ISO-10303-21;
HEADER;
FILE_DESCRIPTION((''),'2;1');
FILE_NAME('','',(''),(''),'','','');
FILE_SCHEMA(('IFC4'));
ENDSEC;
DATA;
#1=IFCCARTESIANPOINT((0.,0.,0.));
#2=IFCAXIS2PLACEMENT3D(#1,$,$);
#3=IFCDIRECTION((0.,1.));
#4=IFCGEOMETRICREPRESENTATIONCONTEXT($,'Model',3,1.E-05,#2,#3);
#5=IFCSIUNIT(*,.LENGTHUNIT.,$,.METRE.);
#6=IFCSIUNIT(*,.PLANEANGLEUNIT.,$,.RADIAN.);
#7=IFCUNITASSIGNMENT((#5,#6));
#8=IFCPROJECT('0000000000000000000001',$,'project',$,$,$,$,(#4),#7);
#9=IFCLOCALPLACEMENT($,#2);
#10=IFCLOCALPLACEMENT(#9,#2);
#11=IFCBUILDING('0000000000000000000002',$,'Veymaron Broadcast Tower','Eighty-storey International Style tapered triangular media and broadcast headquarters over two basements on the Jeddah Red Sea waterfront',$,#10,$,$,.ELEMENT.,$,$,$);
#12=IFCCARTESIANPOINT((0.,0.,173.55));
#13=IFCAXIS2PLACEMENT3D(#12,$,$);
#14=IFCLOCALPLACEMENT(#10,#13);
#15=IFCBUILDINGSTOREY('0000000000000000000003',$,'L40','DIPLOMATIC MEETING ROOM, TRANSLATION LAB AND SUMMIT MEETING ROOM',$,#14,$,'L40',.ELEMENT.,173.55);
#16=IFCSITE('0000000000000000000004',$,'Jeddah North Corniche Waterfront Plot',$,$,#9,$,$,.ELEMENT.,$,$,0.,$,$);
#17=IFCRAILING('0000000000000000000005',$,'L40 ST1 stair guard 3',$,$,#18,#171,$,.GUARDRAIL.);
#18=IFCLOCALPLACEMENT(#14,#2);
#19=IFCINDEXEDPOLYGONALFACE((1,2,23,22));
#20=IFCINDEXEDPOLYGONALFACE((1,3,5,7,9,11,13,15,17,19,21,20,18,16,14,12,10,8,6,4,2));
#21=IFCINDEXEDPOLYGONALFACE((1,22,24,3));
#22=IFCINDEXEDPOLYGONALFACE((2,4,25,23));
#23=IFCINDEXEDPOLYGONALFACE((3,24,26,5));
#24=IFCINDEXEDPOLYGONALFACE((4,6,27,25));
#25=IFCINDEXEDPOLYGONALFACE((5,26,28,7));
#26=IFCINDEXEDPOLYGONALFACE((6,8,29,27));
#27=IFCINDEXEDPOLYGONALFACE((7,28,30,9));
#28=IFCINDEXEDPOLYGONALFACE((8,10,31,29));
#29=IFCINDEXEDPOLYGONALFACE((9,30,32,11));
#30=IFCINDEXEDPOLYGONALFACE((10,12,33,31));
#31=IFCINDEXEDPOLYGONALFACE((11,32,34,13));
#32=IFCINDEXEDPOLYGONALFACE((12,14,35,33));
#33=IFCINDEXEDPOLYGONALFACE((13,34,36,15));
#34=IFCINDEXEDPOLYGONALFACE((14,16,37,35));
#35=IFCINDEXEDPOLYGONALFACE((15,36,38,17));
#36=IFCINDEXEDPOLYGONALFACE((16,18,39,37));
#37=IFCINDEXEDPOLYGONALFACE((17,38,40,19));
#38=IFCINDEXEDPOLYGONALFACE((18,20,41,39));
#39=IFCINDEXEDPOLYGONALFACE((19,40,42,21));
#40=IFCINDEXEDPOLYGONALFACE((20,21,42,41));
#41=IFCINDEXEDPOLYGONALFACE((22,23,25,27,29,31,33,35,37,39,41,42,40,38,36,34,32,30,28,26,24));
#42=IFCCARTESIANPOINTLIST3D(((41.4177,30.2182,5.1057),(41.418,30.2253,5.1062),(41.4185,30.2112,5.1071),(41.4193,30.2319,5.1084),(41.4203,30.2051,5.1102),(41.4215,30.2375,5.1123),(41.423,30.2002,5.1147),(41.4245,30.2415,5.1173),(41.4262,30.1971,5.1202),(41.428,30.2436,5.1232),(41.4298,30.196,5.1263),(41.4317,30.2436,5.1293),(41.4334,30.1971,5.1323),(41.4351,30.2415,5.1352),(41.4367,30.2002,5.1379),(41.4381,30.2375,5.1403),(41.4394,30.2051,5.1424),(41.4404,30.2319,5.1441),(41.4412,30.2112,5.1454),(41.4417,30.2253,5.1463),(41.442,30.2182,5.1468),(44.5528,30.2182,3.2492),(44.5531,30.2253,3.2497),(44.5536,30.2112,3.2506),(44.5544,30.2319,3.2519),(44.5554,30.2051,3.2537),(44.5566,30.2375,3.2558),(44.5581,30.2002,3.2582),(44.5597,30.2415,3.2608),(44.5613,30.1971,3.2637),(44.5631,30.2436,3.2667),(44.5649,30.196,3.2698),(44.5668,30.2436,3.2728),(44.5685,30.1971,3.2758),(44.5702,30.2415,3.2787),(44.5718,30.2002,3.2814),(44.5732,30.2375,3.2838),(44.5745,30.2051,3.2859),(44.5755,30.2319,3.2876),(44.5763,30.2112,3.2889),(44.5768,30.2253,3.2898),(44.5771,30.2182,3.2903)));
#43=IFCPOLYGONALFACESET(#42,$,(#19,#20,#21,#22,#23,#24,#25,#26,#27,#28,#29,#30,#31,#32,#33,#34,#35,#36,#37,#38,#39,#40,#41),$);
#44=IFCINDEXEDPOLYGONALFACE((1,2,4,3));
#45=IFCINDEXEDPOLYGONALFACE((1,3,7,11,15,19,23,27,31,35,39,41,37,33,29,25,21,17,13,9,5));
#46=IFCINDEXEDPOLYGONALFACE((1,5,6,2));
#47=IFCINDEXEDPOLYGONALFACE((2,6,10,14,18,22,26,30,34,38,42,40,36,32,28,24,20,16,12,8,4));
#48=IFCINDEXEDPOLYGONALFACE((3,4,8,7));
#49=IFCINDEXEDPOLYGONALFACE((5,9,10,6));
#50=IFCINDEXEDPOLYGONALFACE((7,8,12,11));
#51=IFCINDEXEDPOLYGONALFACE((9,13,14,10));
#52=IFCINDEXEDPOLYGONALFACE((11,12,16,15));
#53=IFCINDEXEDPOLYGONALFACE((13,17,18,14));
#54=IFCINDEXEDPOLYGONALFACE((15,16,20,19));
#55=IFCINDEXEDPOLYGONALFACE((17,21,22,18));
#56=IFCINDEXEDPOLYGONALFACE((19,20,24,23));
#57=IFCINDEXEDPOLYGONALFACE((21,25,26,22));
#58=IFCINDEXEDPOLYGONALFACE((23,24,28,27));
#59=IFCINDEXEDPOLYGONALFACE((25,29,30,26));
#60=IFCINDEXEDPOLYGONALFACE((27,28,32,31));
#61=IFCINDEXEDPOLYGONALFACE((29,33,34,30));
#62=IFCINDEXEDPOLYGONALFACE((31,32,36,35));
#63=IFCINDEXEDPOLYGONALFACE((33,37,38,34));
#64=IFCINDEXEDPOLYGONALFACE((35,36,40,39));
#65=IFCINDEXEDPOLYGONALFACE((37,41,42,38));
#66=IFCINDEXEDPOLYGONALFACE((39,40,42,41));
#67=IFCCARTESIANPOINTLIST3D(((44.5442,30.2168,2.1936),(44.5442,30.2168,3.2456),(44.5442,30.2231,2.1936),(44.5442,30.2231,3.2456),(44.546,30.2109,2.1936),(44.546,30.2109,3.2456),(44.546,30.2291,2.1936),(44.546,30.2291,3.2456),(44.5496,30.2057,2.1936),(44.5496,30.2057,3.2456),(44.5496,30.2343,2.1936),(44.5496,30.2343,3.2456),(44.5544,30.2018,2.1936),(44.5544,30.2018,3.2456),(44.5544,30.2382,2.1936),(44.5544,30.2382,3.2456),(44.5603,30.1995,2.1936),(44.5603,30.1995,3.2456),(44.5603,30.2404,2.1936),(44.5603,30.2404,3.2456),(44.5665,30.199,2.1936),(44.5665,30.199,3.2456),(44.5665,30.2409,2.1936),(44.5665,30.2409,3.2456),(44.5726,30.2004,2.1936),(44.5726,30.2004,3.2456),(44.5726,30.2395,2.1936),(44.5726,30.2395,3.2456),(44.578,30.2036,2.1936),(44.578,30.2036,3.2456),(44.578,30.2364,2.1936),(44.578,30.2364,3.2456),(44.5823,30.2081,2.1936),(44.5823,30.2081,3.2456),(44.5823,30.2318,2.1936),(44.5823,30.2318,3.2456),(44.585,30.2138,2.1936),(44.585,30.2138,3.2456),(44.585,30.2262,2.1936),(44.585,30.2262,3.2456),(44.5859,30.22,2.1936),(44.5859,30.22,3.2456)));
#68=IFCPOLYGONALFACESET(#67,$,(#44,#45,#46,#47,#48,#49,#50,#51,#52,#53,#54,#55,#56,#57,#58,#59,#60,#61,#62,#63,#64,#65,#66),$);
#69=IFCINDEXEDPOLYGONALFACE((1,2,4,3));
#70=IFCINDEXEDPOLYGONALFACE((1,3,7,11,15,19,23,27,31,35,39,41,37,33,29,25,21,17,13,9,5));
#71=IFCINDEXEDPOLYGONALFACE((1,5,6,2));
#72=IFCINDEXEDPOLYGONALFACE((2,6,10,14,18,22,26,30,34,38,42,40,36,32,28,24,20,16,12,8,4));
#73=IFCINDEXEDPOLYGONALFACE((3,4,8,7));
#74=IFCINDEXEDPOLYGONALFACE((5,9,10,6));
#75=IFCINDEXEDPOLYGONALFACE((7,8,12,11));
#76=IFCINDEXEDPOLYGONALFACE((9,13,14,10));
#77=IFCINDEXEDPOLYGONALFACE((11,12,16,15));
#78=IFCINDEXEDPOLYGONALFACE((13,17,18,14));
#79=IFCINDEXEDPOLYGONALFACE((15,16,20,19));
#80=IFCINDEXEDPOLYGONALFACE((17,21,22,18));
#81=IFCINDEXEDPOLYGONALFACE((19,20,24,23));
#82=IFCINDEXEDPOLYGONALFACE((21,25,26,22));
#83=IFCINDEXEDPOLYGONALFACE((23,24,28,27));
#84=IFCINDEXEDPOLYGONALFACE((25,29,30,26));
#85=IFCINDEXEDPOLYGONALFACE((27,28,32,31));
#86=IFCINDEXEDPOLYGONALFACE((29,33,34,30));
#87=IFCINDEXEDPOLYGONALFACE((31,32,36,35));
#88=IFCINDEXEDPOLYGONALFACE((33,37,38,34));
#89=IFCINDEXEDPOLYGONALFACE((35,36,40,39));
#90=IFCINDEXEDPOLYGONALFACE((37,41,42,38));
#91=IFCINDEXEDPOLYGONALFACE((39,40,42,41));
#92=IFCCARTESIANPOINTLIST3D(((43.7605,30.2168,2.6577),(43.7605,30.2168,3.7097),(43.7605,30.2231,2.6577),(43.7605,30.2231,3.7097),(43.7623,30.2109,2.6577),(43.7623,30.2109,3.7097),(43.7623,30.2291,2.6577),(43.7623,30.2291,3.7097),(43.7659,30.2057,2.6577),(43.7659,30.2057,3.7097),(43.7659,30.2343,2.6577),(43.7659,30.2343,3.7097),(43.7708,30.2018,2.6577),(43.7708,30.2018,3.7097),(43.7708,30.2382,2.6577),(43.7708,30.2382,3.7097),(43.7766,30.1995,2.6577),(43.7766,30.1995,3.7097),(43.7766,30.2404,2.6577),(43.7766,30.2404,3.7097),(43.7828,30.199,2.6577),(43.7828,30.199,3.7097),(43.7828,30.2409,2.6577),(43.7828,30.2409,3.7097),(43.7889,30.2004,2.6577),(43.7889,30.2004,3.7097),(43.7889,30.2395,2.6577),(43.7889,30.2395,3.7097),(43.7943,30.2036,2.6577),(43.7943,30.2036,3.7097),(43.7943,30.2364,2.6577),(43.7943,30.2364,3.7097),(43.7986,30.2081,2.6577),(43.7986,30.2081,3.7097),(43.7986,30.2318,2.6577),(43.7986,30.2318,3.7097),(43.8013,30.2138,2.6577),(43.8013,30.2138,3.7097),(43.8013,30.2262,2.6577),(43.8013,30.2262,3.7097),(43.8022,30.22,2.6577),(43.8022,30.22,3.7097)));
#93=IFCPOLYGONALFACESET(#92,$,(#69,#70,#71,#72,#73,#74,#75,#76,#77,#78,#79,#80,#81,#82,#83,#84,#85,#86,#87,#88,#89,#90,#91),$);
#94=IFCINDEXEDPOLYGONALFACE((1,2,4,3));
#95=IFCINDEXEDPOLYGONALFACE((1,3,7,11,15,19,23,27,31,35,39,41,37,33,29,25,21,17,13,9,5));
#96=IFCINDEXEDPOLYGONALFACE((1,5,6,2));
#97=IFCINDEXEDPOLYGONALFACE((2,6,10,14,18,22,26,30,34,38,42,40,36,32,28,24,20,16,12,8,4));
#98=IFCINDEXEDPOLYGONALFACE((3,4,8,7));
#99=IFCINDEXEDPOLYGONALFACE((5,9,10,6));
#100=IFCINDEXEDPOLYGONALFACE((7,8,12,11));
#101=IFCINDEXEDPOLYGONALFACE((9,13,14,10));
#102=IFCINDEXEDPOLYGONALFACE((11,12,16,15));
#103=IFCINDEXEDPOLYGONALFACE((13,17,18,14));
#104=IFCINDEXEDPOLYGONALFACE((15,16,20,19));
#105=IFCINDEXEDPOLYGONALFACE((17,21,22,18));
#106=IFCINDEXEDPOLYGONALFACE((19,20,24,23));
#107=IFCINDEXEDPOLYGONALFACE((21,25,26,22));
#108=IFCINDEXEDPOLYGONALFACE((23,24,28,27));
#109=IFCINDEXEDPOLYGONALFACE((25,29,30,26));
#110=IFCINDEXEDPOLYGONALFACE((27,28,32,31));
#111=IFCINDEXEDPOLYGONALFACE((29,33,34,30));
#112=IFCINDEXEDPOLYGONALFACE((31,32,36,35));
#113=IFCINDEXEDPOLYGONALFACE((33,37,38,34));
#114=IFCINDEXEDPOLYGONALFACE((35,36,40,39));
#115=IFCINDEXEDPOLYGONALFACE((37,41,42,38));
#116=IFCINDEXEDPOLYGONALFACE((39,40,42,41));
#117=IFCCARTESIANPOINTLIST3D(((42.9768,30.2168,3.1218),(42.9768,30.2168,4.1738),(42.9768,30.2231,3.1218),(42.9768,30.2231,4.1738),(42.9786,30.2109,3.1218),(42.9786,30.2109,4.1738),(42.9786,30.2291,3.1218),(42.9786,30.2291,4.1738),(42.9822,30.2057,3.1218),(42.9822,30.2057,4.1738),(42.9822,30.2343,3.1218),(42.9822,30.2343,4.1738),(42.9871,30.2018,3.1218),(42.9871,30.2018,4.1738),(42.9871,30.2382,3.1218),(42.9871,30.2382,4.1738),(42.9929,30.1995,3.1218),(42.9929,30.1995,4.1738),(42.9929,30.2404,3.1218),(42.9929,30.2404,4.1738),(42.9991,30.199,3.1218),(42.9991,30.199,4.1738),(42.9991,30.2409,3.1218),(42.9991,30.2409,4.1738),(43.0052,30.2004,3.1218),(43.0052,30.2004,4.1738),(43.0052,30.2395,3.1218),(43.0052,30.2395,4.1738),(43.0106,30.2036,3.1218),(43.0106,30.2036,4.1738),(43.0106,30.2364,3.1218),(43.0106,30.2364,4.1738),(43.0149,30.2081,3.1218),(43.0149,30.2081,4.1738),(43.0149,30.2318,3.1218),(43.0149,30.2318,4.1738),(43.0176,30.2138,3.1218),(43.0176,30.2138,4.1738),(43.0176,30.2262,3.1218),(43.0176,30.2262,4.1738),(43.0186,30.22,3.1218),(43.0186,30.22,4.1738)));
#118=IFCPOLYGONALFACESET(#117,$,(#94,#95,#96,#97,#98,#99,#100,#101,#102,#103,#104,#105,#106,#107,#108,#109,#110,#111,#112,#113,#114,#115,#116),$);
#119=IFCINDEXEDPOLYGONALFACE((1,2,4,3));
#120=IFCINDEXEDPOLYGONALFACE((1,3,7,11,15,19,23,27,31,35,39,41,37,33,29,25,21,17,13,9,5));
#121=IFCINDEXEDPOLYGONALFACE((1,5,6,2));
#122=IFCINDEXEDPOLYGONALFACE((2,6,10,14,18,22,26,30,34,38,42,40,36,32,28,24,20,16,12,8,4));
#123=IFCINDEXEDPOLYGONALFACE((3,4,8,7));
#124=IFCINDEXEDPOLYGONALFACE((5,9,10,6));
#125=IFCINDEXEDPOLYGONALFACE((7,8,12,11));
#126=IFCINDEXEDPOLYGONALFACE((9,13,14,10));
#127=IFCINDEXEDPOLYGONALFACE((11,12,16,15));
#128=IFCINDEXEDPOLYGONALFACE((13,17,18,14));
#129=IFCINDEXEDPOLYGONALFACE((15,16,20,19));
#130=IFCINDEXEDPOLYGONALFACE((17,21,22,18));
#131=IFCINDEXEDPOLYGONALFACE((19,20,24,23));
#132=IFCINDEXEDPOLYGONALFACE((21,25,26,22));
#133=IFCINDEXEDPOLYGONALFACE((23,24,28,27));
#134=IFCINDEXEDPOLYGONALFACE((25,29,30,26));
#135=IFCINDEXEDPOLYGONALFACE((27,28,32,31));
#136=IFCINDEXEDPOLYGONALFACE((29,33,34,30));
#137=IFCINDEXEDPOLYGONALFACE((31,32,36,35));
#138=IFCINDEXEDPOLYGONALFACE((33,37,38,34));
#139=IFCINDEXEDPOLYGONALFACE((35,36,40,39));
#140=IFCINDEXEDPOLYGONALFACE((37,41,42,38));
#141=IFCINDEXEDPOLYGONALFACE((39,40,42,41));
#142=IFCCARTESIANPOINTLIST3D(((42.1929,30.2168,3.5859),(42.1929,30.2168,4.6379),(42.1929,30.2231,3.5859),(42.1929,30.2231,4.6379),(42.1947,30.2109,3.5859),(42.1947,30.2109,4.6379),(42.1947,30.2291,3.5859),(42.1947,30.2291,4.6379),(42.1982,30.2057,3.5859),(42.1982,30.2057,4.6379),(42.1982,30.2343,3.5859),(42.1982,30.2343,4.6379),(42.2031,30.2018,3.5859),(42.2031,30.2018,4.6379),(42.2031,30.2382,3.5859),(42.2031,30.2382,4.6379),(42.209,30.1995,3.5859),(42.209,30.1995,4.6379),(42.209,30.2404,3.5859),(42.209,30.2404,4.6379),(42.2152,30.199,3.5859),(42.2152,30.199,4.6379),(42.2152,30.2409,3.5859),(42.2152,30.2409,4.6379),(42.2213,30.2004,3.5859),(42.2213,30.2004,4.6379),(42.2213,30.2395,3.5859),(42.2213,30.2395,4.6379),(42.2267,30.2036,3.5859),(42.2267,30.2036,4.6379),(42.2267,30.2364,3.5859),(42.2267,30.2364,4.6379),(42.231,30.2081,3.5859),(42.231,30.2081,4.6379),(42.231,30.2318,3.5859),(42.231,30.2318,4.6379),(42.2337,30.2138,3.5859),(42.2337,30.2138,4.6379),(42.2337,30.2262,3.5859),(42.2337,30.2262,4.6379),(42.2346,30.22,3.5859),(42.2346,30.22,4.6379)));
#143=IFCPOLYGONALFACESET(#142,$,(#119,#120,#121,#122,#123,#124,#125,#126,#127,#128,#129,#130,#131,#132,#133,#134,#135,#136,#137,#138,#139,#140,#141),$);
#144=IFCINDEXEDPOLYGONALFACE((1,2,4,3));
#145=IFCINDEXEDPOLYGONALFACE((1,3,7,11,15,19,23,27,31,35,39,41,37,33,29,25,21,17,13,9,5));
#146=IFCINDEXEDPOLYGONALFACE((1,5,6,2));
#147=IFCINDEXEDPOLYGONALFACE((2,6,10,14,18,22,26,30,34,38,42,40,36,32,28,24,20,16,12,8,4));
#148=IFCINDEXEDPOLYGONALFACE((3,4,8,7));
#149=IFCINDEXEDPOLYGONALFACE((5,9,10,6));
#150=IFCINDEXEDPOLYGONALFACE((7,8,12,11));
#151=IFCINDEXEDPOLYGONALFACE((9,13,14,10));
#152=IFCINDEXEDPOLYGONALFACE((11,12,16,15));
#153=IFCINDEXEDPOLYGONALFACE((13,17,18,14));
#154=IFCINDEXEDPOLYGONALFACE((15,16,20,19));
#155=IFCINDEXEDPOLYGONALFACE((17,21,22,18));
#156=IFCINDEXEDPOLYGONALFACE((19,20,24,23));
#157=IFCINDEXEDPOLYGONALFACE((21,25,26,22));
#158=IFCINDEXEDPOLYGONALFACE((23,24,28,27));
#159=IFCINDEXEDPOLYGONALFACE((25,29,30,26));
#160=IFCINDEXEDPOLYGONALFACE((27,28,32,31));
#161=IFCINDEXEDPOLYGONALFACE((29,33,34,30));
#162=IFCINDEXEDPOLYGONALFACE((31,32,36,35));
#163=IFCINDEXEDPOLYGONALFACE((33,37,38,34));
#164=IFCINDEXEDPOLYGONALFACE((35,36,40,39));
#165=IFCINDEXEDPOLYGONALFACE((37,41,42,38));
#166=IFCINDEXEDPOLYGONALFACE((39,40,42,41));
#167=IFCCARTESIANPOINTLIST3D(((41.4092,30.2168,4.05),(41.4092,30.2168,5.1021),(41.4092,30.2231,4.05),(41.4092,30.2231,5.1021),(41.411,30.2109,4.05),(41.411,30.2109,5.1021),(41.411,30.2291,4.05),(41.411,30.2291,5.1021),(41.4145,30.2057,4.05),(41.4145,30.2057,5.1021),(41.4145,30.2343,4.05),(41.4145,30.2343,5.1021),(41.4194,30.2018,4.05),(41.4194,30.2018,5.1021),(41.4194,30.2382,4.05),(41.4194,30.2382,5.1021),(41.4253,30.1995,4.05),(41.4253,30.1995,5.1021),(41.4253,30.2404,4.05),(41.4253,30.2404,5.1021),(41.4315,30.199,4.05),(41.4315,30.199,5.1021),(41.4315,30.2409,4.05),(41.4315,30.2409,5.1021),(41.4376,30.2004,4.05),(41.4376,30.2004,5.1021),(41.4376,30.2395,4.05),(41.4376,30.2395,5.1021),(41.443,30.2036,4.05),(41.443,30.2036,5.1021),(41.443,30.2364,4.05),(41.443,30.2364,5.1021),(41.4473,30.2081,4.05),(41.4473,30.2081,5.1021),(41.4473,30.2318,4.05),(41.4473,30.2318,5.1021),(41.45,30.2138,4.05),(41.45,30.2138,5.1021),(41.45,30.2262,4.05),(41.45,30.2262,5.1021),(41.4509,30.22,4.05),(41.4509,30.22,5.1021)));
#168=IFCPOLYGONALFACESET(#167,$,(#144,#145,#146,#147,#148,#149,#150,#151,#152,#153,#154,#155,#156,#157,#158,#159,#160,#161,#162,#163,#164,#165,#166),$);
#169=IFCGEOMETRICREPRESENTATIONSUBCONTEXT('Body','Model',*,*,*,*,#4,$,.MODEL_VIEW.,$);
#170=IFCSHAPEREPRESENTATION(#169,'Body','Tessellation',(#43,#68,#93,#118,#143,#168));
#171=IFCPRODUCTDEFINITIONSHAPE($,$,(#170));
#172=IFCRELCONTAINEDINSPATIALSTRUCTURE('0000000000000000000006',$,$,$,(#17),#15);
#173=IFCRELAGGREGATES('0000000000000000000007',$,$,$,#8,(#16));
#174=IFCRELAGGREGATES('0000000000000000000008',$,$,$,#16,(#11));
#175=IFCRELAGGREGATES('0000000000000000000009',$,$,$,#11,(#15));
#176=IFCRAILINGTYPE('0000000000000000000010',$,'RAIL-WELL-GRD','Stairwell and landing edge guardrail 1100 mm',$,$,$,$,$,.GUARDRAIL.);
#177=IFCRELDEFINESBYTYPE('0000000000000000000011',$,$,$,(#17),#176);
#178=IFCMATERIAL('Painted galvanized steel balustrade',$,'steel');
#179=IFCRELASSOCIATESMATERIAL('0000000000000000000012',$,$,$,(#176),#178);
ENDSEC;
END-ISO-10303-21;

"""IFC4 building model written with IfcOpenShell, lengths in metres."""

from ifc_helpers import new_model, si_unit, direction, frame, origin, origin_2d, place, context, subcontext, project, spatial, circle, extrude, material, type_object, element, save


model = new_model("IFC4")

# Units and contexts
model_context = context("Model", 3, precision=1e-05, world=origin(), true_north=direction((0.0, 1.0)))
body_context = subcontext(model_context, "Body", "Model", "MODEL_VIEW")
ifc_project = project(units=[si_unit("LENGTHUNIT", "METRE"), si_unit("PLANEANGLEUNIT", "RADIAN")], contexts=[model_context])

# Site, building, storey
site_placement = place(None, origin())
site = spatial("IfcSite", under=ifc_project, at=site_placement, Name="Jeddah North Corniche Waterfront Plot", CompositionType="ELEMENT", RefElevation=0.0)
building_placement = place(site_placement, origin())
building = spatial("IfcBuilding", under=site, at=building_placement, Name="Veymaron Broadcast Tower", Description="Eighty-storey International Style tapered triangular media and broadcast headquarters over two basements on the Jeddah Red Sea waterfront", CompositionType="ELEMENT")
storey_placement = place(building_placement, frame((0.0, 0.0, 173.55)))
storey = spatial("IfcBuildingStorey", under=building, at=storey_placement, Name="L40", Description="DIPLOMATIC MEETING ROOM, TRANSLATION LAB AND SUMMIT MEETING ROOM", LongName="L40", CompositionType="ELEMENT", Elevation=173.55)

# Railing
ifc_material_1 = material(Name="Painted galvanized steel balustrade", Category="steel")
railing_type_1 = type_object("IfcRailingType", Name="RAIL-WELL-GRD", Description="Stairwell and landing edge guardrail 1100 mm", PredefinedType="GUARDRAIL", material=ifc_material_1)
railing_1_placement = place(storey_placement, frame((44.5649, 30.22, 2.1936)))
element("IfcRailing", 1, at=railing_1_placement, inside=storey, type_object=railing_type_1, Name="L40 ST1 stair guard 3", PredefinedType="GUARDRAIL", context=body_context, shape_type="SweptSolid", body=[
    extrude(circle(Radius=0.0239, at=origin_2d()), frame((0.0, 0.0, 1.0762), z_axis=(-0.860453, 0.0, 0.509531), x_axis=(0.0, -1.0, 0.0)), (0.0, 0.0, 1.0), 3.6436),
    extrude(circle(Radius=0.021, at=origin_2d()), origin(), (0.0, 0.0, 1.0), 1.052),
    extrude(circle(Radius=0.021, at=origin_2d()), frame((-0.7837, 0.0, 0.4641)), (0.0, 0.0, 1.0), 1.052),
    extrude(circle(Radius=0.021, at=origin_2d()), frame((-1.5674, 0.0, 0.9282)), (0.0, 0.0, 1.0), 1.052),
    extrude(circle(Radius=0.021, at=origin_2d()), frame((-2.3513, 0.0, 1.3923)), (0.0, 0.0, 1.0), 1.052),
    extrude(circle(Radius=0.021, at=origin_2d()), frame((-3.135, 0.0, 1.8564)), (0.0, 0.0, 1.0), 1.052),
])

save(model, "model.ifc")
